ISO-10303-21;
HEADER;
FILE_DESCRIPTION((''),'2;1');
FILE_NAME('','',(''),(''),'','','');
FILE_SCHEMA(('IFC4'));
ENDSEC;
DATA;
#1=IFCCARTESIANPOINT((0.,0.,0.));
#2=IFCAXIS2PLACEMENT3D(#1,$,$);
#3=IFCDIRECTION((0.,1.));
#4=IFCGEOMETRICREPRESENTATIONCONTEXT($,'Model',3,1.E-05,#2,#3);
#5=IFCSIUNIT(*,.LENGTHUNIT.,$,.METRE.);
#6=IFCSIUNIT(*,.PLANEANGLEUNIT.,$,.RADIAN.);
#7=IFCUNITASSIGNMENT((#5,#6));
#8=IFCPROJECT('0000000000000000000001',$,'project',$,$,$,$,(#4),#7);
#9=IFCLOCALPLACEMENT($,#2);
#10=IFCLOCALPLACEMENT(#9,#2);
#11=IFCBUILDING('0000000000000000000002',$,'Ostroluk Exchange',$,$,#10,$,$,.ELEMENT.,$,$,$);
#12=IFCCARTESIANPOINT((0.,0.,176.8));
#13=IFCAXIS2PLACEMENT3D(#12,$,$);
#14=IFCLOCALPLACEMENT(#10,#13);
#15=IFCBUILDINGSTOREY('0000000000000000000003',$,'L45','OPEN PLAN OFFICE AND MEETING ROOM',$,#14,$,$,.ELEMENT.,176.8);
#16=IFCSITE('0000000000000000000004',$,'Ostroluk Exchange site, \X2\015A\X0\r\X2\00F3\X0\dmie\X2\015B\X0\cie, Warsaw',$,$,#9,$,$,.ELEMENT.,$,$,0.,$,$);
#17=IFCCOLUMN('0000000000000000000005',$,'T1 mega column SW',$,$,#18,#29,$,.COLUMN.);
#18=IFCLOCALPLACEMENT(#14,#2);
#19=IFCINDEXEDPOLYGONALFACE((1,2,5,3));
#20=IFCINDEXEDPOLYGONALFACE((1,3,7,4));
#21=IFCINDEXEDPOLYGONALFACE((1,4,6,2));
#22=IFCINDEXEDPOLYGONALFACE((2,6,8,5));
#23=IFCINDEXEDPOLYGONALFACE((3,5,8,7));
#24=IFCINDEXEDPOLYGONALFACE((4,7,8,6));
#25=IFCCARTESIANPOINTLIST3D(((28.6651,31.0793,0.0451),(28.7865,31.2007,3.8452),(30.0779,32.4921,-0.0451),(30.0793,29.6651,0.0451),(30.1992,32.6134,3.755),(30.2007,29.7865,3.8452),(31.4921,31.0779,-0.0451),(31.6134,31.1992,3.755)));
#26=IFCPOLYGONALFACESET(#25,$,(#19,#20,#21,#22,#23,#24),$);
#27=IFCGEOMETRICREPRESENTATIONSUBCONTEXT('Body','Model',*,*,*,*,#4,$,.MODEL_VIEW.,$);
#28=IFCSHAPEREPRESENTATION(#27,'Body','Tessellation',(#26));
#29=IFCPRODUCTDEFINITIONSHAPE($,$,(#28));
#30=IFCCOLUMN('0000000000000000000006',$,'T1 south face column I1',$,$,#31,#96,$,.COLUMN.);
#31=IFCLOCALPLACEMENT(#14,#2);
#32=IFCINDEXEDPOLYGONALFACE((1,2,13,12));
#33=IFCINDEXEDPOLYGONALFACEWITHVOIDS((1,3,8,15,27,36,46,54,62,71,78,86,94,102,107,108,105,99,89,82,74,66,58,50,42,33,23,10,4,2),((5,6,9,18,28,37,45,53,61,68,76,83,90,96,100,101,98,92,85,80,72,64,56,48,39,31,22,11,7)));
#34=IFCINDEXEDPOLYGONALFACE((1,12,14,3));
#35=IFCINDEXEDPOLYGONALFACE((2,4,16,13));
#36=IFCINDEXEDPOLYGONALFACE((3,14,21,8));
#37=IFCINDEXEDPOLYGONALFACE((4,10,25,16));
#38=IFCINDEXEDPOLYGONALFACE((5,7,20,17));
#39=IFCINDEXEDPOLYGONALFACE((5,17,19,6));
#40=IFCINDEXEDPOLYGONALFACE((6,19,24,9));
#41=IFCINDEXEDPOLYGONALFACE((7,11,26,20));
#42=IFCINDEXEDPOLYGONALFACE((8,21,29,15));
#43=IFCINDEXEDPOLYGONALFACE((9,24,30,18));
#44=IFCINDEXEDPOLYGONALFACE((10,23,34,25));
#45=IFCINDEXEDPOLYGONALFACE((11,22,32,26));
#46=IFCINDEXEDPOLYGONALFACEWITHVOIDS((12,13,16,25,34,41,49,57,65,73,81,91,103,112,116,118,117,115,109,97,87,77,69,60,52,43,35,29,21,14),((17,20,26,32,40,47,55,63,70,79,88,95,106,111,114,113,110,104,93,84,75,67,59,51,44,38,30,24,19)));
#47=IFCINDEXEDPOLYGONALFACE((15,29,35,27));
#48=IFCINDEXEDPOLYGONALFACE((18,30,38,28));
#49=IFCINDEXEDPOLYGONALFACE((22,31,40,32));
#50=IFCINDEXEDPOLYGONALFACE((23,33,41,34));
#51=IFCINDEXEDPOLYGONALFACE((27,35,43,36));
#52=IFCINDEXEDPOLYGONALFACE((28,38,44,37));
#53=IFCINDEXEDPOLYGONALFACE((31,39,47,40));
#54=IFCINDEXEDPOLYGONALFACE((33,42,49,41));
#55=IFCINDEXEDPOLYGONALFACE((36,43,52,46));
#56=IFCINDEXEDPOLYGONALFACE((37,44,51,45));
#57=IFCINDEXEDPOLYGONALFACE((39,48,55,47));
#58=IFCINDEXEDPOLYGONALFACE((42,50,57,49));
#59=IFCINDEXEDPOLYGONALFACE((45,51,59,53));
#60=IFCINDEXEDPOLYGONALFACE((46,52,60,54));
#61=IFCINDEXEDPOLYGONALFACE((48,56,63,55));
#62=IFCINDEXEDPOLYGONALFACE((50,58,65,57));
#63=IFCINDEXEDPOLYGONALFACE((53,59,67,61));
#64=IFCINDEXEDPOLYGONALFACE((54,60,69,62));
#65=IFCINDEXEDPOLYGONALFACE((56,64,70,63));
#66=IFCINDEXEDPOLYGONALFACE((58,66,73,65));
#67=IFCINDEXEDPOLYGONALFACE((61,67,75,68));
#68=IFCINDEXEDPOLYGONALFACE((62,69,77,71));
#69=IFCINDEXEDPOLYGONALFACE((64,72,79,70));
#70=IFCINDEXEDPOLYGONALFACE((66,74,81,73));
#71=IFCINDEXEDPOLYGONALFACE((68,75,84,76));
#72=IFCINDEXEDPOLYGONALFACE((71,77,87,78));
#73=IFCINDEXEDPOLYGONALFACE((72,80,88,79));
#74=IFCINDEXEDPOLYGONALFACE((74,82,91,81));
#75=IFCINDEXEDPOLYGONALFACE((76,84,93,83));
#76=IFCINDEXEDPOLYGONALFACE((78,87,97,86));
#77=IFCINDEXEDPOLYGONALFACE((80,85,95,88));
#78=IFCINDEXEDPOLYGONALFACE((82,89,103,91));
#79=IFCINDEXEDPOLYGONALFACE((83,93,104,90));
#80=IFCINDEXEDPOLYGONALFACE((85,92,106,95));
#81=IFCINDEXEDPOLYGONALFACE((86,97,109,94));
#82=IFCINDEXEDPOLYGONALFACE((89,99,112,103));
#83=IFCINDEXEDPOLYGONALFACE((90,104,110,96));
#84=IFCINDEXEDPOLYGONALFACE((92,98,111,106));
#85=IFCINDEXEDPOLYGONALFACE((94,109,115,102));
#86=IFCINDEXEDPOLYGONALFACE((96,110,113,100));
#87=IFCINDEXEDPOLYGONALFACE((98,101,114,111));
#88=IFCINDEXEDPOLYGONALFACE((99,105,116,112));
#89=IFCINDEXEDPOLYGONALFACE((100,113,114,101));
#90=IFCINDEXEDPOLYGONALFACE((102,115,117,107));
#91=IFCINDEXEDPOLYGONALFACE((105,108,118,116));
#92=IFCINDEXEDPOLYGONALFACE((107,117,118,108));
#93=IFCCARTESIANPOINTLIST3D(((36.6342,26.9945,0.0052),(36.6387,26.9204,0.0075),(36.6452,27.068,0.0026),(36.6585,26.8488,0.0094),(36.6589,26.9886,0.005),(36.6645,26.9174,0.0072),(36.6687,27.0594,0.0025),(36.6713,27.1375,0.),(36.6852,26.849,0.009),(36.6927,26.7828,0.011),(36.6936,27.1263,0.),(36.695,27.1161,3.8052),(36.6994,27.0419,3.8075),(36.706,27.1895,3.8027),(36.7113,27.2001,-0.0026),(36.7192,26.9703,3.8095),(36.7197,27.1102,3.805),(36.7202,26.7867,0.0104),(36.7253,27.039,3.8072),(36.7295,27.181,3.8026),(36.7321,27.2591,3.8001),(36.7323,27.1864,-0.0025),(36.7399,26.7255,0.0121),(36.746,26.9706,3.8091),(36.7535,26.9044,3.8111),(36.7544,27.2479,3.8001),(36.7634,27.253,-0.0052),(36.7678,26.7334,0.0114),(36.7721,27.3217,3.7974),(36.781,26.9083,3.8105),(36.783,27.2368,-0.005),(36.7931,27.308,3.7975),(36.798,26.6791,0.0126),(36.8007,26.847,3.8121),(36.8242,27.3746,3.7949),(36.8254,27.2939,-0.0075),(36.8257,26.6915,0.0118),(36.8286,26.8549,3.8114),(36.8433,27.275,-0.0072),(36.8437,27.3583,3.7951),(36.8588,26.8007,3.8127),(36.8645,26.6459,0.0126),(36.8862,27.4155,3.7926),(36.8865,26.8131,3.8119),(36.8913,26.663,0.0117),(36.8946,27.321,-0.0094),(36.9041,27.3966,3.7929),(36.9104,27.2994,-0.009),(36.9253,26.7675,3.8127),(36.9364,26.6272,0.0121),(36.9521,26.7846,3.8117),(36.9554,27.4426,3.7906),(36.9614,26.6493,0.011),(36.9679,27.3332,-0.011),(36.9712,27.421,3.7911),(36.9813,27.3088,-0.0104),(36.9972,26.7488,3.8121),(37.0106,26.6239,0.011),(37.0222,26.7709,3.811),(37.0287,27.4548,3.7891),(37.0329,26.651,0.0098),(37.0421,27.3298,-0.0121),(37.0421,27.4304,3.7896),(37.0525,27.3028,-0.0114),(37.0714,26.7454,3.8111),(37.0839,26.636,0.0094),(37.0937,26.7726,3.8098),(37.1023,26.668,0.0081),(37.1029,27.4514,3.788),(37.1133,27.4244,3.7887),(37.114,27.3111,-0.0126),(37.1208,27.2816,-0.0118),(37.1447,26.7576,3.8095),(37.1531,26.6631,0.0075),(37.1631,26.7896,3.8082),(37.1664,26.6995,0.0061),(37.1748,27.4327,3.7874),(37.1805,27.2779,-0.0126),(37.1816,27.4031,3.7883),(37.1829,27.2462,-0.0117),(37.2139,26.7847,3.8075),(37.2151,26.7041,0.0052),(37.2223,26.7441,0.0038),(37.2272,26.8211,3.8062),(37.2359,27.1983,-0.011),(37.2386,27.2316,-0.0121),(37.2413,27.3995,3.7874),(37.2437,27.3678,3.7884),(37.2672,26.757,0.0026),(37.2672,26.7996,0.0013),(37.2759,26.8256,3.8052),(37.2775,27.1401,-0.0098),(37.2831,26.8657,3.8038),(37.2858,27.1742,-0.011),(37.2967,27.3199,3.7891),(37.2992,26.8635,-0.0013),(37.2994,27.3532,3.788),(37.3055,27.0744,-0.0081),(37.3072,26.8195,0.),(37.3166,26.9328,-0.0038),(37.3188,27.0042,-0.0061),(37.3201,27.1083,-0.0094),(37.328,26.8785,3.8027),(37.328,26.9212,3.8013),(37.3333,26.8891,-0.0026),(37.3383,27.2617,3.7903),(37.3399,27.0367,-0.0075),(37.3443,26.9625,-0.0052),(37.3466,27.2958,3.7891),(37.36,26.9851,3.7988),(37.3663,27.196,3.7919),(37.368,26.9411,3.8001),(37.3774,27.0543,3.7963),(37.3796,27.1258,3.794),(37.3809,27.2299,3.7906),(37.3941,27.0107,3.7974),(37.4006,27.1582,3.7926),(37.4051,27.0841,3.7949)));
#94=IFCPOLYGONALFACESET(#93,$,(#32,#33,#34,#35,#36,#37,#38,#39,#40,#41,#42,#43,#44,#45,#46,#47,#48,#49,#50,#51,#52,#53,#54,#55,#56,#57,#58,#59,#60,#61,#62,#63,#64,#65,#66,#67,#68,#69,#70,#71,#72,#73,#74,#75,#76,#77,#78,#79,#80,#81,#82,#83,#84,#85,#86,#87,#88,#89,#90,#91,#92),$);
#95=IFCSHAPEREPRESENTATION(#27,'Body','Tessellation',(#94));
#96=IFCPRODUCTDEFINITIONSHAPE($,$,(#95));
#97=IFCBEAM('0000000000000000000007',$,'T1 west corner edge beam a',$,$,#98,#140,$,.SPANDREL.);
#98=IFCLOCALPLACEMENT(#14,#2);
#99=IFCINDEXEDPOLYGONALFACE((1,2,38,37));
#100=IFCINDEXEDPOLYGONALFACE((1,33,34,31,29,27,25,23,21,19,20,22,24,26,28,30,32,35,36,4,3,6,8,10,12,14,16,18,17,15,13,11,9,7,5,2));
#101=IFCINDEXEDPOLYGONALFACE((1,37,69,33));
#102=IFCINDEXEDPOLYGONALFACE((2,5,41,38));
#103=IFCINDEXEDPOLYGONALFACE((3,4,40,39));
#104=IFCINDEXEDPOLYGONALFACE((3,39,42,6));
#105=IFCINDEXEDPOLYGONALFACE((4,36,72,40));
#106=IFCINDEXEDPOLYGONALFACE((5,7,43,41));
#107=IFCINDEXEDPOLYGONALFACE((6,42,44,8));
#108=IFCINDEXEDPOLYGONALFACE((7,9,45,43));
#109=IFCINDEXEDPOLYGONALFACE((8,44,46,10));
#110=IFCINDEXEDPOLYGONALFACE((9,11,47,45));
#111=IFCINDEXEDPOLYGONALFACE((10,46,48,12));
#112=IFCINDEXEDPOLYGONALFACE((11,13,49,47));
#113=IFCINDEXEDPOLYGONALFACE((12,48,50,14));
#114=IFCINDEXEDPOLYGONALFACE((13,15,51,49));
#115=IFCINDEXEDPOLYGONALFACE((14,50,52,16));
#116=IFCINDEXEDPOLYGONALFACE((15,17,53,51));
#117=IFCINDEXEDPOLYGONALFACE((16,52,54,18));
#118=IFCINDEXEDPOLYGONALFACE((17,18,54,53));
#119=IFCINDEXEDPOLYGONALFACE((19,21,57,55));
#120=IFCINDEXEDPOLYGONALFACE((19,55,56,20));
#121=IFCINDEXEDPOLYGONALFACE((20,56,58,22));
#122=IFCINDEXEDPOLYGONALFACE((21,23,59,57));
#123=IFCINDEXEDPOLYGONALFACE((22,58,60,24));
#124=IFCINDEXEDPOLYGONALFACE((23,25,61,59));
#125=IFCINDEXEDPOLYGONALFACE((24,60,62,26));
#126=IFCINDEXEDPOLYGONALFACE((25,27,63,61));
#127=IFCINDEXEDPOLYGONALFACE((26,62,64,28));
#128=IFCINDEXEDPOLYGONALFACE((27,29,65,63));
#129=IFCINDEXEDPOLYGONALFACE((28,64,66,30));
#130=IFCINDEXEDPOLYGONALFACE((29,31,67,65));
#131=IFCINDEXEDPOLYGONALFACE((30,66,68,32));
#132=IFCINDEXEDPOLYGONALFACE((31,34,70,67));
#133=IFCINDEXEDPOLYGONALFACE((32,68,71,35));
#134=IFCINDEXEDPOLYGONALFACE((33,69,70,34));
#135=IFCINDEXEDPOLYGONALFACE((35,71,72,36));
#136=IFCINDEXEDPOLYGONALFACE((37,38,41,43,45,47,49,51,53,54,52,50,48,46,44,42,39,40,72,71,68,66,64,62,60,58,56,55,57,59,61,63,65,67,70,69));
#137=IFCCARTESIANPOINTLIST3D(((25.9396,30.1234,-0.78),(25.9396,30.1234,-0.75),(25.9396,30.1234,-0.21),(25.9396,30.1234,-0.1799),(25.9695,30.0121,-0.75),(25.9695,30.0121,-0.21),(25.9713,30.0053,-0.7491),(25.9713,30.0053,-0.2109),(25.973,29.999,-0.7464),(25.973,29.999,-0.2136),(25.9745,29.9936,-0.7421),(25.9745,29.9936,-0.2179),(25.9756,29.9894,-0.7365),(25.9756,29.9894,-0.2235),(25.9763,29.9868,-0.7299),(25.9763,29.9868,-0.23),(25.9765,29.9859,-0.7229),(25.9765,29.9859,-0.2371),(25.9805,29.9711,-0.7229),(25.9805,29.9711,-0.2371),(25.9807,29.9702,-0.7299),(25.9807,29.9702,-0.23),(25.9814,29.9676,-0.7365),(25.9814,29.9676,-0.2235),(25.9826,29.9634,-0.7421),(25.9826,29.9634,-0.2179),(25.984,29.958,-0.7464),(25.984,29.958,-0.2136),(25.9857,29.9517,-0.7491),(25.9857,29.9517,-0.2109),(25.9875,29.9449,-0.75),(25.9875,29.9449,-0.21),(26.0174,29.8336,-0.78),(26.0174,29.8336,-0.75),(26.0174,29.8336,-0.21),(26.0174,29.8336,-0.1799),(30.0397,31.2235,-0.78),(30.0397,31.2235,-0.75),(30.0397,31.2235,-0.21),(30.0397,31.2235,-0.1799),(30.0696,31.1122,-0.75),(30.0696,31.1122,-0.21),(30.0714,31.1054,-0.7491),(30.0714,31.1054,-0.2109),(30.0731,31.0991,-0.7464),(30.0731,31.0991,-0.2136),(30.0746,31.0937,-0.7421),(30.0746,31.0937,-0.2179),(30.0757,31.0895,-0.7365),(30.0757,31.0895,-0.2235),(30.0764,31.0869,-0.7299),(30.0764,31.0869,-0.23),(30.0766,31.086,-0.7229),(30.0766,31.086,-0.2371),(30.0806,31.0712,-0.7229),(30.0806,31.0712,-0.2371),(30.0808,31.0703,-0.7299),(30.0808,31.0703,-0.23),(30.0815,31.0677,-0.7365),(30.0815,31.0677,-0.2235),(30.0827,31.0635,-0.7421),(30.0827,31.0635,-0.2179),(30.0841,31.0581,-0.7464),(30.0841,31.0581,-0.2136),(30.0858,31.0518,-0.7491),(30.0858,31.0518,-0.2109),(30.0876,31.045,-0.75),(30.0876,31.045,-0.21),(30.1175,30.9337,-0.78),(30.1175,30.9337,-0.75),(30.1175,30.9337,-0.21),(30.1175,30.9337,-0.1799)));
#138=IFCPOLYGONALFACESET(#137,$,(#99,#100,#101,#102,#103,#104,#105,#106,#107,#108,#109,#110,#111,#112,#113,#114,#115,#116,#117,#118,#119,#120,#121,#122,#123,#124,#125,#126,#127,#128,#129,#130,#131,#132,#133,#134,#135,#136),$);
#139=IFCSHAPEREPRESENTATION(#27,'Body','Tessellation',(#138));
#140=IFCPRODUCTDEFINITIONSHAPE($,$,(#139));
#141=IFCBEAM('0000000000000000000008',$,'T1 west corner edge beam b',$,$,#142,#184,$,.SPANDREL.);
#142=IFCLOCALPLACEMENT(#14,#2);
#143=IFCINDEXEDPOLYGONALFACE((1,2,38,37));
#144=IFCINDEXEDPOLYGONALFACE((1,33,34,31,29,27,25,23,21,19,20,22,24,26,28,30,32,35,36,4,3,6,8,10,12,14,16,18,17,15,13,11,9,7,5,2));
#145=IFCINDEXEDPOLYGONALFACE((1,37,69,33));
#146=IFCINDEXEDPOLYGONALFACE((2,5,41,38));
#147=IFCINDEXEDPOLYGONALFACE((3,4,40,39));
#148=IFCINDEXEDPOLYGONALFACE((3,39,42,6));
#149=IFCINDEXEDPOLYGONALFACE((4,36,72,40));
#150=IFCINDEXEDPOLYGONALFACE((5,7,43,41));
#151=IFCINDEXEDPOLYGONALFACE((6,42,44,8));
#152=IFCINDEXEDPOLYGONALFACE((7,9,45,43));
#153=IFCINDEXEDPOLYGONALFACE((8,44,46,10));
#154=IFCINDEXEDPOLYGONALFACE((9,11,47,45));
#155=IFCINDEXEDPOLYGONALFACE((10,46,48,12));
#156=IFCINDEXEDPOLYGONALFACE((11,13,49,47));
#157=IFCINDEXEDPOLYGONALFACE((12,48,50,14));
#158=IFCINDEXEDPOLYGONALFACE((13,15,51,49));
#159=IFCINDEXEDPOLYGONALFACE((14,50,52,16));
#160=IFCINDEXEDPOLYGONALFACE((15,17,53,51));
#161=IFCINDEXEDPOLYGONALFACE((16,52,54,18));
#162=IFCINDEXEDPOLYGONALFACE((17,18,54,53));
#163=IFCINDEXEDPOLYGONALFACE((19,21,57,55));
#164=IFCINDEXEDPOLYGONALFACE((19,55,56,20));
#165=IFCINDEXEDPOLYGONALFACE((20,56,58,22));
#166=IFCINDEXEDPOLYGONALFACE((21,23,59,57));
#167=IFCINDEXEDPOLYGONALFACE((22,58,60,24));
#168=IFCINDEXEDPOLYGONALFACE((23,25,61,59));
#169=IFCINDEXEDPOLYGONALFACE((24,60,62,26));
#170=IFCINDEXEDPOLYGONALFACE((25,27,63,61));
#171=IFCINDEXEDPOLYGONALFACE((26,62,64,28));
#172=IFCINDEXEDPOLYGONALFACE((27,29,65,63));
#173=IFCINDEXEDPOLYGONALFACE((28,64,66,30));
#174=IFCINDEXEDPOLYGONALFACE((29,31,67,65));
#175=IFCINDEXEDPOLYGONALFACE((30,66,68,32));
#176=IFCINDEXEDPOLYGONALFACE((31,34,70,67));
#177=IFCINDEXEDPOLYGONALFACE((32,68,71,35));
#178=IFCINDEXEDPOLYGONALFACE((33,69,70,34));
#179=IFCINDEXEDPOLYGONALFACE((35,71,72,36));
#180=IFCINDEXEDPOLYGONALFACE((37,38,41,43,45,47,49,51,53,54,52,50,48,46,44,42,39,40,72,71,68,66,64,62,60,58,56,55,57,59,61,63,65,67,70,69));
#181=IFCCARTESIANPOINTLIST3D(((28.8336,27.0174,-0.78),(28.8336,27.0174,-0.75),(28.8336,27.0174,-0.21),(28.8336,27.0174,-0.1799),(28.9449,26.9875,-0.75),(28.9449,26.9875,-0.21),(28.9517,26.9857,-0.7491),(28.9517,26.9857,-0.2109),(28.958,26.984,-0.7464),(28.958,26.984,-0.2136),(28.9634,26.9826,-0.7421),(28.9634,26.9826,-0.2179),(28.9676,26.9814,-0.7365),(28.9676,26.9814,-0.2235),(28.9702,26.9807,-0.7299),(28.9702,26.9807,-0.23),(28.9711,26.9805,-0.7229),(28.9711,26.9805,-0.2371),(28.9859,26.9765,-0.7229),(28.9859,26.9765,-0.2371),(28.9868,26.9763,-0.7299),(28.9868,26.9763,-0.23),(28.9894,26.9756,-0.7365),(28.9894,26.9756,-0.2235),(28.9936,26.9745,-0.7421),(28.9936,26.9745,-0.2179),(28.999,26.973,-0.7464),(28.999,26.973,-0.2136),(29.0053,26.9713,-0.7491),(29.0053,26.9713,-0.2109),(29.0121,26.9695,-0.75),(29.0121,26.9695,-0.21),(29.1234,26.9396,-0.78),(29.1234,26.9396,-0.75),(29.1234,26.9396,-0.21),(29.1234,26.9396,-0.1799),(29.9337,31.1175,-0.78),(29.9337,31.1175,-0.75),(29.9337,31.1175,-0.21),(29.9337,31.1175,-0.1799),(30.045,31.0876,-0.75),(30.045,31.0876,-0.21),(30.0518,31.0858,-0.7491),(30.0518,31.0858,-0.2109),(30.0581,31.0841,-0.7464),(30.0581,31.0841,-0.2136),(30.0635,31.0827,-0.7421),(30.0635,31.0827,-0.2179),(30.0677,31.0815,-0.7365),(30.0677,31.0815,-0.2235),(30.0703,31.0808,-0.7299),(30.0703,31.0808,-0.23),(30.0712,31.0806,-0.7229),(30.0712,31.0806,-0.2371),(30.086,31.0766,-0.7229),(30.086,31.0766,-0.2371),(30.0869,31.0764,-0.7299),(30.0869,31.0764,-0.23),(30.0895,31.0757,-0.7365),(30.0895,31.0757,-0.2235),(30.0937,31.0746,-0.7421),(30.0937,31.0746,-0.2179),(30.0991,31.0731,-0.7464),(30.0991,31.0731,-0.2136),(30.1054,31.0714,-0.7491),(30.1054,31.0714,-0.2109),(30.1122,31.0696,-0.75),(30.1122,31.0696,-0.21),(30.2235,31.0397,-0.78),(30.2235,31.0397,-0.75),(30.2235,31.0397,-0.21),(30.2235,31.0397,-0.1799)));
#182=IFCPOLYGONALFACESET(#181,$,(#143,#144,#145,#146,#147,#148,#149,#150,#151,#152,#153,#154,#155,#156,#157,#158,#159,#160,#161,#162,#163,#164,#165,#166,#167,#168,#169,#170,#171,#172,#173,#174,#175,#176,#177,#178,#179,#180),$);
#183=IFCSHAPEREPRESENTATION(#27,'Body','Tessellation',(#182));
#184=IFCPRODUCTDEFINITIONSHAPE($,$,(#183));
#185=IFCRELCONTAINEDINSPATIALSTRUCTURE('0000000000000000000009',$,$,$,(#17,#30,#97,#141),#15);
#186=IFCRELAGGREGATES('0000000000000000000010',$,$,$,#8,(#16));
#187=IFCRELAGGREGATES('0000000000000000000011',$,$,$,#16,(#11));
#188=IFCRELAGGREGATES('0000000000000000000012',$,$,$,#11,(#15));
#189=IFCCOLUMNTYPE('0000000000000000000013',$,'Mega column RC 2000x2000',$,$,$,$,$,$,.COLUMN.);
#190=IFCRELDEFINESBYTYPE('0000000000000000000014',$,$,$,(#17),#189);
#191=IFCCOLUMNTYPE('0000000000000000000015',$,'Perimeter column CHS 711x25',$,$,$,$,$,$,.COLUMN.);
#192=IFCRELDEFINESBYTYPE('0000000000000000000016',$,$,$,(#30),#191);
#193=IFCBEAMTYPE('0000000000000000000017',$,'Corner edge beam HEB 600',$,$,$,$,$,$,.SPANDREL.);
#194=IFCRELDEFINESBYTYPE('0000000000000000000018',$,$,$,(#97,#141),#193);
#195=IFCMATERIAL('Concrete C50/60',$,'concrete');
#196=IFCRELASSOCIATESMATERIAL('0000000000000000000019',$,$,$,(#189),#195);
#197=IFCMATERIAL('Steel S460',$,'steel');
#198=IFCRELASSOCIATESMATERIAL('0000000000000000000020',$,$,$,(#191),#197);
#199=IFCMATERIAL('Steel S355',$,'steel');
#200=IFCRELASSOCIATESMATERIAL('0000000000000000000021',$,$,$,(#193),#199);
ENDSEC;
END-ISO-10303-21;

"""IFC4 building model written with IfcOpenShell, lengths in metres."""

from ifc_helpers import new_model, si_unit, direction, frame, origin, origin_2d, place, context, subcontext, project, spatial, rectangle, hollow_circle, i_section, extrude, material, material_profile, profile_set, type_object, element, save


model = new_model("IFC4")

# Units and contexts
model_context = context("Model", 3, precision=1e-05, world=origin(), true_north=direction((0.0, 1.0)))
body_context = subcontext(model_context, "Body", "Model", "MODEL_VIEW")
ifc_project = project(units=[si_unit("LENGTHUNIT", "METRE"), si_unit("PLANEANGLEUNIT", "RADIAN")], contexts=[model_context])

# Site, building, storey
site_placement = place(None, origin())
site = spatial("IfcSite", under=ifc_project, at=site_placement, Name="Ostroluk Exchange site, Śródmieście, Warsaw", CompositionType="ELEMENT", RefElevation=0.0)
building_placement = place(site_placement, origin())
building = spatial("IfcBuilding", under=site, at=building_placement, Name="Ostroluk Exchange", CompositionType="ELEMENT")
storey_placement = place(building_placement, frame((0.0, 0.0, 176.8)))
storey = spatial("IfcBuildingStorey", under=building, at=storey_placement, Name="L45", Description="OPEN PLAN OFFICE AND MEETING ROOM", CompositionType="ELEMENT", Elevation=176.8)

# Columns
ifc_material_1 = material(Name="Concrete C50/60", Category="concrete")
ifc_material_profile_1 = material_profile(ifc_material_1, rectangle(XDim=2.0, YDim=2.0, at=origin_2d()), Name="RC 2000x2000")
ifc_profile_set_1 = profile_set([ifc_material_profile_1], Name="Concrete C50/60")
column_type_1 = type_object("IfcColumnType", Name="Mega column RC 2000x2000", PredefinedType="COLUMN", material=ifc_profile_set_1)
column_1_placement = place(storey_placement, frame((30.0786, 31.0786, 0.0), z_axis=(0.031898, 0.031898, 0.998982), x_axis=(-0.707107, 0.707107, 0.0)))
element("IfcColumn", 1, at=column_1_placement, inside=storey, type_object=column_type_1, Name="T1 mega column SW", PredefinedType="COLUMN", context=body_context, shape_type="SweptSolid", body=[
    extrude(rectangle(XDim=2.0, YDim=2.0, at=origin_2d()), origin(), (0.0, 0.0, 1.0), 3.804),
])
ifc_material_2 = material(Name="Steel S460", Category="steel")
ifc_material_profile_2 = material_profile(ifc_material_2, hollow_circle(Radius=0.3555, WallThickness=0.0249, at=origin_2d()), Name="CHS 711x25")
ifc_profile_set_2 = profile_set([ifc_material_profile_2], Name="Steel S460")
column_type_2 = type_object("IfcColumnType", Name="Perimeter column CHS 711x25", PredefinedType="COLUMN", material=ifc_profile_set_2)
column_2_placement = place(storey_placement, frame((36.9893, 26.9785, 0.0), z_axis=(0.015987, 0.031974, 0.999361), x_axis=(-0.894427, 0.447214, 0.0)))
element("IfcColumn", 2, at=column_2_placement, inside=storey, type_object=column_type_2, Name="T1 south face column I1", PredefinedType="COLUMN", context=body_context, shape_type="SweptSolid", body=[
    extrude(hollow_circle(Radius=0.3555, WallThickness=0.0249, at=origin_2d()), origin(), (0.0, 0.0, 1.0), 3.8025),
])

# Beams
ifc_material_3 = material(Name="Steel S355", Category="steel")
ifc_material_profile_3 = material_profile(ifc_material_3, i_section(OverallWidth=0.3, OverallDepth=0.6001, WebThickness=0.0154, FlangeThickness=0.03, FilletRadius=0.0271, at=origin_2d()), Name="HEB 600")
ifc_profile_set_3 = profile_set([ifc_material_profile_3], Name="Steel S355")
beam_type_1 = type_object("IfcBeamType", Name="Corner edge beam HEB 600", PredefinedType="SPANDREL", material=ifc_profile_set_3)
for number, where, z_axis, x_axis, name in (
    (3, (30.0786, 31.0786, -0.48), (-0.965839, -0.259144, 0.0), (0.259144, -0.965839, 0.0), "T1 west corner edge beam a"),
    (4, (30.0786, 31.0786, -0.48), (-0.259144, -0.965839, 0.0), (0.965839, -0.259144, 0.0), "T1 west corner edge beam b"),
):
    element("IfcBeam", number, at=place(storey_placement, frame(where, z_axis=z_axis, x_axis=x_axis)), inside=storey, type_object=beam_type_1, Name=name, PredefinedType="SPANDREL", context=body_context, shape_type="SweptSolid", body=[
        extrude(i_section(OverallWidth=0.3, OverallDepth=0.6001, WebThickness=0.0154, FlangeThickness=0.03, FilletRadius=0.0271, at=origin_2d()), origin(), (0.0, 0.0, 1.0), 4.2451),
    ])

save(model, "model.ifc")
